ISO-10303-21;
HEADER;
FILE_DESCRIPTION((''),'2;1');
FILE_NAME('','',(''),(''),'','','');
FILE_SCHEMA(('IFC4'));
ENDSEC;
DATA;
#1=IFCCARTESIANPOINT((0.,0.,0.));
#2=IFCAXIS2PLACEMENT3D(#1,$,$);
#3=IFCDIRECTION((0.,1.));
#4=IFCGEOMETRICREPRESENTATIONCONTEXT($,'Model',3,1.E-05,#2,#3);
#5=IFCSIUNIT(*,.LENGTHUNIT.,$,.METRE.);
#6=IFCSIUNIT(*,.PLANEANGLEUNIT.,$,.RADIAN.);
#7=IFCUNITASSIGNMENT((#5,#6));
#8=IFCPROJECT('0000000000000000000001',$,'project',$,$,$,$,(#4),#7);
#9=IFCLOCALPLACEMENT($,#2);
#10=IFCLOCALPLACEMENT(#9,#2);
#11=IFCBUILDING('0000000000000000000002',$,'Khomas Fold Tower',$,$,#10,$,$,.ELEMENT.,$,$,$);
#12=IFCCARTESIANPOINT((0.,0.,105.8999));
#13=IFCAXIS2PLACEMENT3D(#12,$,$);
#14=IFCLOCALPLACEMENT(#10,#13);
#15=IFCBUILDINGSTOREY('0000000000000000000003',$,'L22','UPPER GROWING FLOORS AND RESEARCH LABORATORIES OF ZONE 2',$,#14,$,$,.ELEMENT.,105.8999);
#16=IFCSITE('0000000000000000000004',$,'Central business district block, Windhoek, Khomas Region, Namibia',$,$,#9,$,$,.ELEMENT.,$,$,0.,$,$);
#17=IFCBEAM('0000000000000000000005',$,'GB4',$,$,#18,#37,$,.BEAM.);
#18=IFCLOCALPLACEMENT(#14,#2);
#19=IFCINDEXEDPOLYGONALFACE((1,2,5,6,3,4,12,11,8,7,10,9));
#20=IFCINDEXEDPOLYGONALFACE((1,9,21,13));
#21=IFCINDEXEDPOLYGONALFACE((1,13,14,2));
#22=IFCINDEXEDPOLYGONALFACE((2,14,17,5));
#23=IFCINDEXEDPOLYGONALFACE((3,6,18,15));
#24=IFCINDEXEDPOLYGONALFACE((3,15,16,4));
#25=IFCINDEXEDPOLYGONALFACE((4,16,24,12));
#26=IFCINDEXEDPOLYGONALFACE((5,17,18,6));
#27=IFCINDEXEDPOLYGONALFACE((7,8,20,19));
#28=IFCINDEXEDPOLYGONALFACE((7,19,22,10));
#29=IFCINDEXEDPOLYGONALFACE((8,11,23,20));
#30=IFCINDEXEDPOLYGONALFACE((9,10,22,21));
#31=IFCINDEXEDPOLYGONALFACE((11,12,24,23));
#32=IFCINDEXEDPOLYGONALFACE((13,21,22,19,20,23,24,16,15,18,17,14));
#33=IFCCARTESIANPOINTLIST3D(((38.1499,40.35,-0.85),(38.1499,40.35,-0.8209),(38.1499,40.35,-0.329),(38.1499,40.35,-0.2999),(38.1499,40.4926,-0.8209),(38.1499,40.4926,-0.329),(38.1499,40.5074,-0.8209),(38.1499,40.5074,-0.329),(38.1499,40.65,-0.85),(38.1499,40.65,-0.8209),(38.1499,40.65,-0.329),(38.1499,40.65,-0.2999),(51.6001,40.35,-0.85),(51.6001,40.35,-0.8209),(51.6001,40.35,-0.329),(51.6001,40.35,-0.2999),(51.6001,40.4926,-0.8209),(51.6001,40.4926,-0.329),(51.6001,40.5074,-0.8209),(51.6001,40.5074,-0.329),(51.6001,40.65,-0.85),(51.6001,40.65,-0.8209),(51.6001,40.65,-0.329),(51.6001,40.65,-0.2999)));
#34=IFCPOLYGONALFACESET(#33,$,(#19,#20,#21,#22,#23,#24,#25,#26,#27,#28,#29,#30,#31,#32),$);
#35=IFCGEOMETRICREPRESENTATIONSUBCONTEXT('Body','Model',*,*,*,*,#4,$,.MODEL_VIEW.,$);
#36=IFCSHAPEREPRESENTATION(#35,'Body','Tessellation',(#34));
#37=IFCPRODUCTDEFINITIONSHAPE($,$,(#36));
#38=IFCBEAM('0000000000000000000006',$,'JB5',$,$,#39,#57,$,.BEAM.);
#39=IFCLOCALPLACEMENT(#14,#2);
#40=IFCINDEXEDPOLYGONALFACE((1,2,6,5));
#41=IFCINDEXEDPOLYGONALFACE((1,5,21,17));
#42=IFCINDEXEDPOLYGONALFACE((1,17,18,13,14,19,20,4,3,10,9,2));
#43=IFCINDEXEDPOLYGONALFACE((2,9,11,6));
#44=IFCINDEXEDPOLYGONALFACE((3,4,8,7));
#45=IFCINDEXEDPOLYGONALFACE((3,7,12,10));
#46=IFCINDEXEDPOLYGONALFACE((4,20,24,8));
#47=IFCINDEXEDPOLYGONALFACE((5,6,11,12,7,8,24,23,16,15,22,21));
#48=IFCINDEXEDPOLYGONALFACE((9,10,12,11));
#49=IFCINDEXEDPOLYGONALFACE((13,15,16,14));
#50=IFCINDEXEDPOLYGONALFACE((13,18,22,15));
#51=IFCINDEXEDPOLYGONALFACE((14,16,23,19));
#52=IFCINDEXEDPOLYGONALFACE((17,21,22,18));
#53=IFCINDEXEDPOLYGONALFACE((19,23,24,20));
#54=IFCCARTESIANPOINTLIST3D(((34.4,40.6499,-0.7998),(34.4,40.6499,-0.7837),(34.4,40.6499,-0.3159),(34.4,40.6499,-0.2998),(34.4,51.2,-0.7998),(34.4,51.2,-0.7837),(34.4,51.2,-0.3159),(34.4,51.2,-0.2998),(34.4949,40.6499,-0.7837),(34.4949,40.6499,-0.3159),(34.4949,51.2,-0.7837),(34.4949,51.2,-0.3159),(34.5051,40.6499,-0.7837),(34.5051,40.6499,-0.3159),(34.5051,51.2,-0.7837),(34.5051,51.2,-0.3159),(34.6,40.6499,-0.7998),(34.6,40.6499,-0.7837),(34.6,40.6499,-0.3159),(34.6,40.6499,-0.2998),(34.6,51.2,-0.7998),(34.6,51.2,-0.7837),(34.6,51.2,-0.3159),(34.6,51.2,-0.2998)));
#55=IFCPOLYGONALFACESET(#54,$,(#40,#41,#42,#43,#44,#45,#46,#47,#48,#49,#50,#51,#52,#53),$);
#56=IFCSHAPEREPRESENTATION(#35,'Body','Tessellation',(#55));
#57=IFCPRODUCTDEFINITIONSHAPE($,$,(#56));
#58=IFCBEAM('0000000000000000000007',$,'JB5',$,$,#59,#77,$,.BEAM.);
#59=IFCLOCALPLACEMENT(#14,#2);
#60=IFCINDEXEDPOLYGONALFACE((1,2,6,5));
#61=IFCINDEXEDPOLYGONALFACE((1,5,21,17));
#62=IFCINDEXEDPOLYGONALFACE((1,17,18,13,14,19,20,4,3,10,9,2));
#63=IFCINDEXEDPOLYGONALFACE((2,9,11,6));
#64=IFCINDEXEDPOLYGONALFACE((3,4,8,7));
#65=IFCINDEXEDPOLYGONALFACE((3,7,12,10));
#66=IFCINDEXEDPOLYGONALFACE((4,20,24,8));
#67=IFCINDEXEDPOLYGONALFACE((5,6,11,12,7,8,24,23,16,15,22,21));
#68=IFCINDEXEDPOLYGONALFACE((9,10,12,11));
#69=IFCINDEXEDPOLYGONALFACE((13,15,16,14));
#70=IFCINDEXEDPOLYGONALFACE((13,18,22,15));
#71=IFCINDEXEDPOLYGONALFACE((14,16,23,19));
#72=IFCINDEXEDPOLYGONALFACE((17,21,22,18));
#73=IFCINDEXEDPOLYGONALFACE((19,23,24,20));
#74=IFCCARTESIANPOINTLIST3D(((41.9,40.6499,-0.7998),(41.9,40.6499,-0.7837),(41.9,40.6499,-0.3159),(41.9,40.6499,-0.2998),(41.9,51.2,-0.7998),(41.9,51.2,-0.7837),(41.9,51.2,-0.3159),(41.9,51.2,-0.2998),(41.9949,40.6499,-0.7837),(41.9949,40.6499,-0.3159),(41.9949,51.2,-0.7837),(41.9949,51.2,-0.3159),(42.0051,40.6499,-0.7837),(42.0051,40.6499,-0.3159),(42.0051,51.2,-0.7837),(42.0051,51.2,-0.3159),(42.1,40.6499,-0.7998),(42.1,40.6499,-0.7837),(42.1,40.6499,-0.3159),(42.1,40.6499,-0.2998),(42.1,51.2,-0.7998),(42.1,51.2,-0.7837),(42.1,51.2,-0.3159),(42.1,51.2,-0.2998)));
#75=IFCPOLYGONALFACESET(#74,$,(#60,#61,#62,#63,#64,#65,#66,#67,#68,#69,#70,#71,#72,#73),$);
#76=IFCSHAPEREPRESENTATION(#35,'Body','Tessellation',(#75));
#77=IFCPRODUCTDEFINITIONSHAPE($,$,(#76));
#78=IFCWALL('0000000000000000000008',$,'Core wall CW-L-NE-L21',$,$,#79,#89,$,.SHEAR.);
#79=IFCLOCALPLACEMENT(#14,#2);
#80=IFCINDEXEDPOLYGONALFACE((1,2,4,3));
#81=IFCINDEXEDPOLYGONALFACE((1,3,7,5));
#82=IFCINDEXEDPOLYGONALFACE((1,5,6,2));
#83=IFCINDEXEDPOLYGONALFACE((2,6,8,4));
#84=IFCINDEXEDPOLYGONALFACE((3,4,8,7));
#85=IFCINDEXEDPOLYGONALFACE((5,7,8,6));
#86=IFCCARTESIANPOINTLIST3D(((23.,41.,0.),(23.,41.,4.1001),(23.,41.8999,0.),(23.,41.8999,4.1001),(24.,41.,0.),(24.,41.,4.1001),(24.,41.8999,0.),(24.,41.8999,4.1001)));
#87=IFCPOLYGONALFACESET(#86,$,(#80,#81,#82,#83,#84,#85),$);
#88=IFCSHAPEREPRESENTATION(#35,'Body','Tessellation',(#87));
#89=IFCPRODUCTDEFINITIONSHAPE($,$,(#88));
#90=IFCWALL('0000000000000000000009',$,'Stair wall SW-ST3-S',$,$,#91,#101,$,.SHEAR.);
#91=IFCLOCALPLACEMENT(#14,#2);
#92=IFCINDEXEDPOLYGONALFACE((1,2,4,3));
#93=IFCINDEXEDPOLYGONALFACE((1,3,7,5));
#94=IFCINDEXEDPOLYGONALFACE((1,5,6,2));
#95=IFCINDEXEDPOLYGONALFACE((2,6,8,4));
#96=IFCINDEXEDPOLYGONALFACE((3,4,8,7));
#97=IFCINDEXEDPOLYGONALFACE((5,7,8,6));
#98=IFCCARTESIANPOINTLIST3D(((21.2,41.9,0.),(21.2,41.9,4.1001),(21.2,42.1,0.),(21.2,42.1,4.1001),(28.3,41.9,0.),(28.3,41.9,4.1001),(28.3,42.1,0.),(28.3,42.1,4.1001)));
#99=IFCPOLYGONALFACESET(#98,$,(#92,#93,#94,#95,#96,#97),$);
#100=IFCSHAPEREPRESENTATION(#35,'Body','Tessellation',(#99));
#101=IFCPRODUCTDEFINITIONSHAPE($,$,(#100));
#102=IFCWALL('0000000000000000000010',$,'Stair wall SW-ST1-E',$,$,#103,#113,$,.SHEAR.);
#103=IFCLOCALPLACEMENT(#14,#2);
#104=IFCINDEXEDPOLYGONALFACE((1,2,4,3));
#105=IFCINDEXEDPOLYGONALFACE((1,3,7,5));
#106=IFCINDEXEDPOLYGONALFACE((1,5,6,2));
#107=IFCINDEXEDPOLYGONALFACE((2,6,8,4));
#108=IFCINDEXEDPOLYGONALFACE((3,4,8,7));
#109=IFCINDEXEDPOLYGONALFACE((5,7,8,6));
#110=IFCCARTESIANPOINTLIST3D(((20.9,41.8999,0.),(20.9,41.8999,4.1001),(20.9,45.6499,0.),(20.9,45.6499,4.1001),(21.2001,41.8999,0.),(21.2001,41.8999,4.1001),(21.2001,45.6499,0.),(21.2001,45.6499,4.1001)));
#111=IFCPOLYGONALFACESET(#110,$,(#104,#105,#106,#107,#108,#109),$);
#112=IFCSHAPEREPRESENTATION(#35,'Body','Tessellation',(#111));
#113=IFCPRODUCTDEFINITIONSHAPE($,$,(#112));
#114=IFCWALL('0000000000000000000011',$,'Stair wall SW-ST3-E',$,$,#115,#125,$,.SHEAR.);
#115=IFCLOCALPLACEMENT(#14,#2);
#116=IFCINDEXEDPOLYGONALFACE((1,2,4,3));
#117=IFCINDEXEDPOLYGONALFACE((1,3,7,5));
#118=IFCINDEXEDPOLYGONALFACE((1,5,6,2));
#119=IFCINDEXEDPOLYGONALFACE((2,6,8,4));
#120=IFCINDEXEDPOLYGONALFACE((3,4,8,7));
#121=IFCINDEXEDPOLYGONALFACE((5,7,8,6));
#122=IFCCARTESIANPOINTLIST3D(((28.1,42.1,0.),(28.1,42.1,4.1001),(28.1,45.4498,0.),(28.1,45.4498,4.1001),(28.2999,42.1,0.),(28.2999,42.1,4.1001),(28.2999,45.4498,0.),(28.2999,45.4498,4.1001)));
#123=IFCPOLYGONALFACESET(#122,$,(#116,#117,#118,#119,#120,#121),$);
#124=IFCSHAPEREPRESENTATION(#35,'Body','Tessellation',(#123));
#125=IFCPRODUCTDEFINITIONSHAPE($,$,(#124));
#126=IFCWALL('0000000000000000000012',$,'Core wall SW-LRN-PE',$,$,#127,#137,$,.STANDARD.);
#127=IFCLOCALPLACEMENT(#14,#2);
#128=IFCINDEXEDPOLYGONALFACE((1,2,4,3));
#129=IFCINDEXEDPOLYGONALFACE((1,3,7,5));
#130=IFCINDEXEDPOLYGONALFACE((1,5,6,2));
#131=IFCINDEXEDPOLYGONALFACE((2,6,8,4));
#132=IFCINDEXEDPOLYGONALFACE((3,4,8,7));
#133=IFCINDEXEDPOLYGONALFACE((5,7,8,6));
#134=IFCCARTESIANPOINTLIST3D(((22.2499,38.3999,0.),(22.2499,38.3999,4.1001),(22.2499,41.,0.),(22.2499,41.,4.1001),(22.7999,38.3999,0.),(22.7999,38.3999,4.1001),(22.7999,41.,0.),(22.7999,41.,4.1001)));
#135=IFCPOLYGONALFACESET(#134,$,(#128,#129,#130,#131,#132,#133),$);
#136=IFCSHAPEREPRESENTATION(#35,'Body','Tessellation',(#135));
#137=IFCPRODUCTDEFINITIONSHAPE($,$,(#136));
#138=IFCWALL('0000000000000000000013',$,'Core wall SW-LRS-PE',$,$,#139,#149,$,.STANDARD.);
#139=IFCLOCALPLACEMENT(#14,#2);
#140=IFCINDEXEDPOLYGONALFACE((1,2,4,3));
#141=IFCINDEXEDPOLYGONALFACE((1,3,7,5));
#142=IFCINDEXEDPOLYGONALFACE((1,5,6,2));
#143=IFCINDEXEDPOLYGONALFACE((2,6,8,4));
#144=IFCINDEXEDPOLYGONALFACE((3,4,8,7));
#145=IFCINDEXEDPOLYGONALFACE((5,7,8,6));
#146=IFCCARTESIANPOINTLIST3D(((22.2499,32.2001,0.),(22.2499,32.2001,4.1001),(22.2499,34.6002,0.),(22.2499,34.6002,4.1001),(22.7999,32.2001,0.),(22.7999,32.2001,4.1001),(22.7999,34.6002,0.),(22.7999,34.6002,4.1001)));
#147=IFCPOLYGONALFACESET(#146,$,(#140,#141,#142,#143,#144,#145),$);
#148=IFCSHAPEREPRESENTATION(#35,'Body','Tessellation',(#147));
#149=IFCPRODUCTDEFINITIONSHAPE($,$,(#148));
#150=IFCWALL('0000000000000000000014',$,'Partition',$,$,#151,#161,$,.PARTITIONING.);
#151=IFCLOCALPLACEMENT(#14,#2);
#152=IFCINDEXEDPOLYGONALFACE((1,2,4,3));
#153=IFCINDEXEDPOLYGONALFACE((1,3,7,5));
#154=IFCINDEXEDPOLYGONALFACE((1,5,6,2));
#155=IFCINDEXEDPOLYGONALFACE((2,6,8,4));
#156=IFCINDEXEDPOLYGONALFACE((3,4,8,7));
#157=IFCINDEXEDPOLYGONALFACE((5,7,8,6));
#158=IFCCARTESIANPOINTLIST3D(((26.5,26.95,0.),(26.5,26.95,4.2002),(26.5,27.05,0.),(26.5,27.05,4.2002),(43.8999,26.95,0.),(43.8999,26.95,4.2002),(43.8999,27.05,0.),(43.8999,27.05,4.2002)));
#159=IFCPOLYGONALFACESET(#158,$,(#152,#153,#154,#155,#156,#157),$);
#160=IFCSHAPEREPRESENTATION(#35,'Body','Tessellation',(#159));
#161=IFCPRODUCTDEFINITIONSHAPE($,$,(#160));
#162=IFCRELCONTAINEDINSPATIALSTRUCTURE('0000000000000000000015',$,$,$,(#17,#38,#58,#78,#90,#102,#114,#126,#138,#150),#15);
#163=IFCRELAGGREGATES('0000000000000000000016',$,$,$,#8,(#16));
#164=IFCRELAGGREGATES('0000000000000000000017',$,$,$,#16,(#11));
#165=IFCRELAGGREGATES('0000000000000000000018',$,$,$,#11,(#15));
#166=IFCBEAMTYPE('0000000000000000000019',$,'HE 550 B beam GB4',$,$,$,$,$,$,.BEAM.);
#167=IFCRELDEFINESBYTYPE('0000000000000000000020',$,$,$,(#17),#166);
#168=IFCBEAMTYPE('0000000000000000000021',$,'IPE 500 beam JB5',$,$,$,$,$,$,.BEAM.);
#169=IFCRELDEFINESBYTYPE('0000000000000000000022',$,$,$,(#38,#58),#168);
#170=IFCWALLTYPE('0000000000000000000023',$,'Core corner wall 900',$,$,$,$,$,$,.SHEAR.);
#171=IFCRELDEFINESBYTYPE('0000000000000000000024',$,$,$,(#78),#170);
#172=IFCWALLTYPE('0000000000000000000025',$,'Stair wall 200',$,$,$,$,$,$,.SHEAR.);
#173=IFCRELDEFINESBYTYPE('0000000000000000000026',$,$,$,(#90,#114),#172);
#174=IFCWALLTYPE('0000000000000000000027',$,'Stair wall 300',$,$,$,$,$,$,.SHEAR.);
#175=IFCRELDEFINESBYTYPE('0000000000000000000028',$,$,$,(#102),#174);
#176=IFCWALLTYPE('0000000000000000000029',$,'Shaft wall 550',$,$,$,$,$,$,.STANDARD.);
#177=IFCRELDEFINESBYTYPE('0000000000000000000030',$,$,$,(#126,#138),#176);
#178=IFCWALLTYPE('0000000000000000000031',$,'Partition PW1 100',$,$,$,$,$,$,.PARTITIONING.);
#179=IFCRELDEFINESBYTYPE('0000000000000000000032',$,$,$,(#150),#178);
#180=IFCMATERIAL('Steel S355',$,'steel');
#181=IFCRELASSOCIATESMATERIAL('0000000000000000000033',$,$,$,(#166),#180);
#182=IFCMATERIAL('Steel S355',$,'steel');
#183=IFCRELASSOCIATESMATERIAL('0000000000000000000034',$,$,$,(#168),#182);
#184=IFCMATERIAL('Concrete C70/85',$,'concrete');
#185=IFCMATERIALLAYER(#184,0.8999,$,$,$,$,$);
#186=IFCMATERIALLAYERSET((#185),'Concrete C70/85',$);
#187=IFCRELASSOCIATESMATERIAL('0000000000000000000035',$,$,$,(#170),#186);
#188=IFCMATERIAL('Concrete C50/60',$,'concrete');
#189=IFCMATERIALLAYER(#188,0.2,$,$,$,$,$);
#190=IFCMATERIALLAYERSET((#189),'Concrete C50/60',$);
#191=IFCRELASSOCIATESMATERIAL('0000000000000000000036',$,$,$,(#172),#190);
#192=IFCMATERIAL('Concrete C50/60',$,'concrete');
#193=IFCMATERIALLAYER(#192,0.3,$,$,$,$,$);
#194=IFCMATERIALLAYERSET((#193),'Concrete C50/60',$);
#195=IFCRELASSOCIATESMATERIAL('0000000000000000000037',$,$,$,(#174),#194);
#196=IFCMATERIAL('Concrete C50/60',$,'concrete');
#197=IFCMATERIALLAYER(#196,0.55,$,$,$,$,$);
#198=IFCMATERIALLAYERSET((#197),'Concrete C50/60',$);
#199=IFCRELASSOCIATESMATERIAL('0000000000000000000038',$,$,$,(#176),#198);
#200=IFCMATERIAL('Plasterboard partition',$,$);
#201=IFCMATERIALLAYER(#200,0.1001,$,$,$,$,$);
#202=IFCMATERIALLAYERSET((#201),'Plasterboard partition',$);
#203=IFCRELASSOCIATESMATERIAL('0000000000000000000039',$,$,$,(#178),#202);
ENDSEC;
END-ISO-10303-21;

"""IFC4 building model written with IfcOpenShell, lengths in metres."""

from ifc_helpers import new_model, si_unit, direction, frame, frame_2d, origin, origin_2d, place, context, subcontext, project, spatial, rectangle, i_section, extrude, source, transform, mapped, material, layer, layer_set, material_profile, profile_set, type_object, element, save


model = new_model("IFC4")

# Units and contexts
model_context = context("Model", 3, precision=1e-05, world=origin(), true_north=direction((0.0, 1.0)))
body_context = subcontext(model_context, "Body", "Model", "MODEL_VIEW")
ifc_project = project(units=[si_unit("LENGTHUNIT", "METRE"), si_unit("PLANEANGLEUNIT", "RADIAN")], contexts=[model_context])

# Site, building, storey
site_placement = place(None, origin())
site = spatial("IfcSite", under=ifc_project, at=site_placement, Name="Central business district block, Windhoek, Khomas Region, Namibia", CompositionType="ELEMENT", RefElevation=0.0)
building_placement = place(site_placement, origin())
building = spatial("IfcBuilding", under=site, at=building_placement, Name="Khomas Fold Tower", CompositionType="ELEMENT")
storey_placement = place(building_placement, frame((0.0, 0.0, 105.8999)))
storey = spatial("IfcBuildingStorey", under=building, at=storey_placement, Name="L22", Description="UPPER GROWING FLOORS AND RESEARCH LABORATORIES OF ZONE 2", CompositionType="ELEMENT", Elevation=105.8999)

# Beams
ifc_material_1 = material(Name="Steel S355", Category="steel")
ifc_material_profile_1 = material_profile(ifc_material_1, i_section(OverallWidth=0.3, OverallDepth=0.55, WebThickness=0.0149, FlangeThickness=0.0291, at=origin_2d()), Name="HE 550 B")
ifc_profile_set_1 = profile_set([ifc_material_profile_1], Name="Steel S355")
beam_type_1 = type_object("IfcBeamType", Name="HE 550 B beam GB4", PredefinedType="BEAM", material=ifc_profile_set_1)
shared_shape_1 = source(origin(), body_context, "Body", "SweptSolid", [
    extrude(i_section(OverallWidth=0.3, OverallDepth=0.55, WebThickness=0.0149, FlangeThickness=0.0291, at=origin_2d()), origin(), (0.0, 0.0, 1.0), 13.4502),
])
for number, where, z_axis, x_axis, name in (
    (1, (38.1499, 40.5, -0.575), (1.0, 0.0, 0.0), (0.0, 1.0, 0.0), "GB4"),
):
    element("IfcBeam", number, at=place(storey_placement, frame(where, z_axis=z_axis, x_axis=x_axis)), inside=storey, type_object=beam_type_1, Name=name, PredefinedType="BEAM", context=body_context, shape_type="MappedRepresentation", body=[
        mapped(shared_shape_1, transform((0.0, 0.0, 0.0))),
    ])
ifc_material_2 = material(Name="Steel S355", Category="steel")
ifc_material_profile_2 = material_profile(ifc_material_2, i_section(OverallWidth=0.2, OverallDepth=0.5, WebThickness=0.0103, FlangeThickness=0.0161, at=origin_2d()), Name="IPE 500")
ifc_profile_set_2 = profile_set([ifc_material_profile_2], Name="Steel S355")
beam_type_2 = type_object("IfcBeamType", Name="IPE 500 beam JB5", PredefinedType="BEAM", material=ifc_profile_set_2)
shared_shape_2 = source(origin(), body_context, "Body", "SweptSolid", [
    extrude(i_section(OverallWidth=0.2, OverallDepth=0.5, WebThickness=0.0103, FlangeThickness=0.0161, at=origin_2d()), origin(), (0.0, 0.0, 1.0), 10.55),
])
for number, where, z_axis, x_axis, name in (
    (2, (34.5, 40.6499, -0.5498), (0.0, 1.0, 0.0), (-1.0, 0.0, 0.0), "JB5"),
    (3, (42.0, 40.6499, -0.5498), (0.0, 1.0, 0.0), (-1.0, 0.0, 0.0), "JB5"),
):
    element("IfcBeam", number, at=place(storey_placement, frame(where, z_axis=z_axis, x_axis=x_axis)), inside=storey, type_object=beam_type_2, Name=name, PredefinedType="BEAM", context=body_context, shape_type="MappedRepresentation", body=[
        mapped(shared_shape_2, transform((0.0, 0.0, 0.0))),
    ])

# Walls
ifc_material_3 = material(Name="Concrete C70/85", Category="concrete")
ifc_layer_1 = layer(ifc_material_3, 0.8999)
ifc_layer_set_1 = layer_set([ifc_layer_1], Name="Concrete C70/85")
wall_type_1 = type_object("IfcWallType", Name="Core corner wall 900", PredefinedType="SHEAR", material=ifc_layer_set_1)
shared_shape_3 = source(origin(), body_context, "Body", "SweptSolid", [
    extrude(rectangle(XDim=1.0, YDim=0.8999, at=frame_2d((0.5, 0.0))), origin(), (0.0, 0.0, 1.0), 4.1001),
])
wall_1_placement = place(storey_placement, frame((23.0, 41.45, 0.0), z_axis=(0.0, 0.0, 1.0), x_axis=(1.0, 0.0, 0.0)))
element("IfcWall", 4, at=wall_1_placement, inside=storey, type_object=wall_type_1, Name="Core wall CW-L-NE-L21", PredefinedType="SHEAR", context=body_context, shape_type="MappedRepresentation", body=[
    mapped(shared_shape_3, transform((0.0, 0.0, 0.0))),
])
ifc_material_4 = material(Name="Concrete C50/60", Category="concrete")
ifc_layer_2 = layer(ifc_material_4, 0.2)
ifc_layer_set_2 = layer_set([ifc_layer_2], Name="Concrete C50/60")
wall_type_2 = type_object("IfcWallType", Name="Stair wall 200", PredefinedType="SHEAR", material=ifc_layer_set_2)
shared_shape_4 = source(origin(), body_context, "Body", "SweptSolid", [
    extrude(rectangle(XDim=7.1001, YDim=0.2, at=frame_2d((3.55, 0.0))), origin(), (0.0, 0.0, 1.0), 4.1001),
])
wall_2_placement = place(storey_placement, frame((21.2, 42.0, 0.0), z_axis=(0.0, 0.0, 1.0), x_axis=(1.0, 0.0, 0.0)))
element("IfcWall", 5, at=wall_2_placement, inside=storey, type_object=wall_type_2, Name="Stair wall SW-ST3-S", PredefinedType="SHEAR", context=body_context, shape_type="MappedRepresentation", body=[
    mapped(shared_shape_4, transform((0.0, 0.0, 0.0))),
])
ifc_material_5 = material(Name="Concrete C50/60", Category="concrete")
ifc_layer_3 = layer(ifc_material_5, 0.3)
ifc_layer_set_3 = layer_set([ifc_layer_3], Name="Concrete C50/60")
wall_type_3 = type_object("IfcWallType", Name="Stair wall 300", PredefinedType="SHEAR", material=ifc_layer_set_3)
shared_shape_5 = source(origin(), body_context, "Body", "SweptSolid", [
    extrude(rectangle(XDim=3.75, YDim=0.3, at=frame_2d((1.875, 0.0))), origin(), (0.0, 0.0, 1.0), 4.1001),
])
wall_3_placement = place(storey_placement, frame((21.05, 41.8999, 0.0), z_axis=(0.0, 0.0, 1.0), x_axis=(0.0, 1.0, 0.0)))
element("IfcWall", 6, at=wall_3_placement, inside=storey, type_object=wall_type_3, Name="Stair wall SW-ST1-E", PredefinedType="SHEAR", context=body_context, shape_type="MappedRepresentation", body=[
    mapped(shared_shape_5, transform((0.0, 0.0, 0.0))),
])
shared_shape_6 = source(origin(), body_context, "Body", "SweptSolid", [
    extrude(rectangle(XDim=3.3499, YDim=0.2, at=frame_2d((1.6748, 0.0))), origin(), (0.0, 0.0, 1.0), 4.1001),
])
wall_4_placement = place(storey_placement, frame((28.2, 42.1001, 0.0), z_axis=(0.0, 0.0, 1.0), x_axis=(0.0, 1.0, 0.0)))
element("IfcWall", 7, at=wall_4_placement, inside=storey, type_object=wall_type_2, Name="Stair wall SW-ST3-E", PredefinedType="SHEAR", context=body_context, shape_type="MappedRepresentation", body=[
    mapped(shared_shape_6, transform((0.0, 0.0, 0.0))),
])
ifc_material_6 = material(Name="Concrete C50/60", Category="concrete")
ifc_layer_4 = layer(ifc_material_6, 0.55)
ifc_layer_set_4 = layer_set([ifc_layer_4], Name="Concrete C50/60")
wall_type_4 = type_object("IfcWallType", Name="Shaft wall 550", PredefinedType="STANDARD", material=ifc_layer_set_4)
shared_shape_7 = source(origin(), body_context, "Body", "SweptSolid", [
    extrude(rectangle(XDim=2.6001, YDim=0.55, at=frame_2d((1.3, 0.0))), origin(), (0.0, 0.0, 1.0), 4.1001),
])
wall_5_placement = place(storey_placement, frame((22.5249, 38.3999, 0.0), z_axis=(0.0, 0.0, 1.0), x_axis=(0.0, 1.0, 0.0)))
element("IfcWall", 8, at=wall_5_placement, inside=storey, type_object=wall_type_4, Name="Core wall SW-LRN-PE", PredefinedType="STANDARD", context=body_context, shape_type="MappedRepresentation", body=[
    mapped(shared_shape_7, transform((0.0, 0.0, 0.0))),
])
shared_shape_8 = source(origin(), body_context, "Body", "SweptSolid", [
    extrude(rectangle(XDim=2.4001, YDim=0.55, at=frame_2d((1.2002, 0.0))), origin(), (0.0, 0.0, 1.0), 4.1001),
])
wall_6_placement = place(storey_placement, frame((22.5249, 32.2, 0.0), z_axis=(0.0, 0.0, 1.0), x_axis=(0.0, 1.0, 0.0)))
element("IfcWall", 9, at=wall_6_placement, inside=storey, type_object=wall_type_4, Name="Core wall SW-LRS-PE", PredefinedType="STANDARD", context=body_context, shape_type="MappedRepresentation", body=[
    mapped(shared_shape_8, transform((0.0, 0.0, 0.0))),
])
ifc_material_7 = material(Name="Plasterboard partition")
ifc_layer_5 = layer(ifc_material_7, 0.1001)
ifc_layer_set_5 = layer_set([ifc_layer_5], Name="Plasterboard partition")
wall_type_5 = type_object("IfcWallType", Name="Partition PW1 100", PredefinedType="PARTITIONING", material=ifc_layer_set_5)
shared_shape_9 = source(origin(), body_context, "Body", "SweptSolid", [
    extrude(rectangle(XDim=17.3999, YDim=0.1001, at=frame_2d((8.7, 0.0))), origin(), (0.0, 0.0, 1.0), 4.2002),
])
wall_7_placement = place(storey_placement, frame((26.5, 27.0, 0.0), z_axis=(0.0, 0.0, 1.0), x_axis=(1.0, 0.0, 0.0)))
element("IfcWall", 10, at=wall_7_placement, inside=storey, type_object=wall_type_5, Name="Partition", PredefinedType="PARTITIONING", context=body_context, shape_type="MappedRepresentation", body=[
    mapped(shared_shape_9, transform((0.0, 0.0, 0.0))),
])

save(model, "model.ifc")
